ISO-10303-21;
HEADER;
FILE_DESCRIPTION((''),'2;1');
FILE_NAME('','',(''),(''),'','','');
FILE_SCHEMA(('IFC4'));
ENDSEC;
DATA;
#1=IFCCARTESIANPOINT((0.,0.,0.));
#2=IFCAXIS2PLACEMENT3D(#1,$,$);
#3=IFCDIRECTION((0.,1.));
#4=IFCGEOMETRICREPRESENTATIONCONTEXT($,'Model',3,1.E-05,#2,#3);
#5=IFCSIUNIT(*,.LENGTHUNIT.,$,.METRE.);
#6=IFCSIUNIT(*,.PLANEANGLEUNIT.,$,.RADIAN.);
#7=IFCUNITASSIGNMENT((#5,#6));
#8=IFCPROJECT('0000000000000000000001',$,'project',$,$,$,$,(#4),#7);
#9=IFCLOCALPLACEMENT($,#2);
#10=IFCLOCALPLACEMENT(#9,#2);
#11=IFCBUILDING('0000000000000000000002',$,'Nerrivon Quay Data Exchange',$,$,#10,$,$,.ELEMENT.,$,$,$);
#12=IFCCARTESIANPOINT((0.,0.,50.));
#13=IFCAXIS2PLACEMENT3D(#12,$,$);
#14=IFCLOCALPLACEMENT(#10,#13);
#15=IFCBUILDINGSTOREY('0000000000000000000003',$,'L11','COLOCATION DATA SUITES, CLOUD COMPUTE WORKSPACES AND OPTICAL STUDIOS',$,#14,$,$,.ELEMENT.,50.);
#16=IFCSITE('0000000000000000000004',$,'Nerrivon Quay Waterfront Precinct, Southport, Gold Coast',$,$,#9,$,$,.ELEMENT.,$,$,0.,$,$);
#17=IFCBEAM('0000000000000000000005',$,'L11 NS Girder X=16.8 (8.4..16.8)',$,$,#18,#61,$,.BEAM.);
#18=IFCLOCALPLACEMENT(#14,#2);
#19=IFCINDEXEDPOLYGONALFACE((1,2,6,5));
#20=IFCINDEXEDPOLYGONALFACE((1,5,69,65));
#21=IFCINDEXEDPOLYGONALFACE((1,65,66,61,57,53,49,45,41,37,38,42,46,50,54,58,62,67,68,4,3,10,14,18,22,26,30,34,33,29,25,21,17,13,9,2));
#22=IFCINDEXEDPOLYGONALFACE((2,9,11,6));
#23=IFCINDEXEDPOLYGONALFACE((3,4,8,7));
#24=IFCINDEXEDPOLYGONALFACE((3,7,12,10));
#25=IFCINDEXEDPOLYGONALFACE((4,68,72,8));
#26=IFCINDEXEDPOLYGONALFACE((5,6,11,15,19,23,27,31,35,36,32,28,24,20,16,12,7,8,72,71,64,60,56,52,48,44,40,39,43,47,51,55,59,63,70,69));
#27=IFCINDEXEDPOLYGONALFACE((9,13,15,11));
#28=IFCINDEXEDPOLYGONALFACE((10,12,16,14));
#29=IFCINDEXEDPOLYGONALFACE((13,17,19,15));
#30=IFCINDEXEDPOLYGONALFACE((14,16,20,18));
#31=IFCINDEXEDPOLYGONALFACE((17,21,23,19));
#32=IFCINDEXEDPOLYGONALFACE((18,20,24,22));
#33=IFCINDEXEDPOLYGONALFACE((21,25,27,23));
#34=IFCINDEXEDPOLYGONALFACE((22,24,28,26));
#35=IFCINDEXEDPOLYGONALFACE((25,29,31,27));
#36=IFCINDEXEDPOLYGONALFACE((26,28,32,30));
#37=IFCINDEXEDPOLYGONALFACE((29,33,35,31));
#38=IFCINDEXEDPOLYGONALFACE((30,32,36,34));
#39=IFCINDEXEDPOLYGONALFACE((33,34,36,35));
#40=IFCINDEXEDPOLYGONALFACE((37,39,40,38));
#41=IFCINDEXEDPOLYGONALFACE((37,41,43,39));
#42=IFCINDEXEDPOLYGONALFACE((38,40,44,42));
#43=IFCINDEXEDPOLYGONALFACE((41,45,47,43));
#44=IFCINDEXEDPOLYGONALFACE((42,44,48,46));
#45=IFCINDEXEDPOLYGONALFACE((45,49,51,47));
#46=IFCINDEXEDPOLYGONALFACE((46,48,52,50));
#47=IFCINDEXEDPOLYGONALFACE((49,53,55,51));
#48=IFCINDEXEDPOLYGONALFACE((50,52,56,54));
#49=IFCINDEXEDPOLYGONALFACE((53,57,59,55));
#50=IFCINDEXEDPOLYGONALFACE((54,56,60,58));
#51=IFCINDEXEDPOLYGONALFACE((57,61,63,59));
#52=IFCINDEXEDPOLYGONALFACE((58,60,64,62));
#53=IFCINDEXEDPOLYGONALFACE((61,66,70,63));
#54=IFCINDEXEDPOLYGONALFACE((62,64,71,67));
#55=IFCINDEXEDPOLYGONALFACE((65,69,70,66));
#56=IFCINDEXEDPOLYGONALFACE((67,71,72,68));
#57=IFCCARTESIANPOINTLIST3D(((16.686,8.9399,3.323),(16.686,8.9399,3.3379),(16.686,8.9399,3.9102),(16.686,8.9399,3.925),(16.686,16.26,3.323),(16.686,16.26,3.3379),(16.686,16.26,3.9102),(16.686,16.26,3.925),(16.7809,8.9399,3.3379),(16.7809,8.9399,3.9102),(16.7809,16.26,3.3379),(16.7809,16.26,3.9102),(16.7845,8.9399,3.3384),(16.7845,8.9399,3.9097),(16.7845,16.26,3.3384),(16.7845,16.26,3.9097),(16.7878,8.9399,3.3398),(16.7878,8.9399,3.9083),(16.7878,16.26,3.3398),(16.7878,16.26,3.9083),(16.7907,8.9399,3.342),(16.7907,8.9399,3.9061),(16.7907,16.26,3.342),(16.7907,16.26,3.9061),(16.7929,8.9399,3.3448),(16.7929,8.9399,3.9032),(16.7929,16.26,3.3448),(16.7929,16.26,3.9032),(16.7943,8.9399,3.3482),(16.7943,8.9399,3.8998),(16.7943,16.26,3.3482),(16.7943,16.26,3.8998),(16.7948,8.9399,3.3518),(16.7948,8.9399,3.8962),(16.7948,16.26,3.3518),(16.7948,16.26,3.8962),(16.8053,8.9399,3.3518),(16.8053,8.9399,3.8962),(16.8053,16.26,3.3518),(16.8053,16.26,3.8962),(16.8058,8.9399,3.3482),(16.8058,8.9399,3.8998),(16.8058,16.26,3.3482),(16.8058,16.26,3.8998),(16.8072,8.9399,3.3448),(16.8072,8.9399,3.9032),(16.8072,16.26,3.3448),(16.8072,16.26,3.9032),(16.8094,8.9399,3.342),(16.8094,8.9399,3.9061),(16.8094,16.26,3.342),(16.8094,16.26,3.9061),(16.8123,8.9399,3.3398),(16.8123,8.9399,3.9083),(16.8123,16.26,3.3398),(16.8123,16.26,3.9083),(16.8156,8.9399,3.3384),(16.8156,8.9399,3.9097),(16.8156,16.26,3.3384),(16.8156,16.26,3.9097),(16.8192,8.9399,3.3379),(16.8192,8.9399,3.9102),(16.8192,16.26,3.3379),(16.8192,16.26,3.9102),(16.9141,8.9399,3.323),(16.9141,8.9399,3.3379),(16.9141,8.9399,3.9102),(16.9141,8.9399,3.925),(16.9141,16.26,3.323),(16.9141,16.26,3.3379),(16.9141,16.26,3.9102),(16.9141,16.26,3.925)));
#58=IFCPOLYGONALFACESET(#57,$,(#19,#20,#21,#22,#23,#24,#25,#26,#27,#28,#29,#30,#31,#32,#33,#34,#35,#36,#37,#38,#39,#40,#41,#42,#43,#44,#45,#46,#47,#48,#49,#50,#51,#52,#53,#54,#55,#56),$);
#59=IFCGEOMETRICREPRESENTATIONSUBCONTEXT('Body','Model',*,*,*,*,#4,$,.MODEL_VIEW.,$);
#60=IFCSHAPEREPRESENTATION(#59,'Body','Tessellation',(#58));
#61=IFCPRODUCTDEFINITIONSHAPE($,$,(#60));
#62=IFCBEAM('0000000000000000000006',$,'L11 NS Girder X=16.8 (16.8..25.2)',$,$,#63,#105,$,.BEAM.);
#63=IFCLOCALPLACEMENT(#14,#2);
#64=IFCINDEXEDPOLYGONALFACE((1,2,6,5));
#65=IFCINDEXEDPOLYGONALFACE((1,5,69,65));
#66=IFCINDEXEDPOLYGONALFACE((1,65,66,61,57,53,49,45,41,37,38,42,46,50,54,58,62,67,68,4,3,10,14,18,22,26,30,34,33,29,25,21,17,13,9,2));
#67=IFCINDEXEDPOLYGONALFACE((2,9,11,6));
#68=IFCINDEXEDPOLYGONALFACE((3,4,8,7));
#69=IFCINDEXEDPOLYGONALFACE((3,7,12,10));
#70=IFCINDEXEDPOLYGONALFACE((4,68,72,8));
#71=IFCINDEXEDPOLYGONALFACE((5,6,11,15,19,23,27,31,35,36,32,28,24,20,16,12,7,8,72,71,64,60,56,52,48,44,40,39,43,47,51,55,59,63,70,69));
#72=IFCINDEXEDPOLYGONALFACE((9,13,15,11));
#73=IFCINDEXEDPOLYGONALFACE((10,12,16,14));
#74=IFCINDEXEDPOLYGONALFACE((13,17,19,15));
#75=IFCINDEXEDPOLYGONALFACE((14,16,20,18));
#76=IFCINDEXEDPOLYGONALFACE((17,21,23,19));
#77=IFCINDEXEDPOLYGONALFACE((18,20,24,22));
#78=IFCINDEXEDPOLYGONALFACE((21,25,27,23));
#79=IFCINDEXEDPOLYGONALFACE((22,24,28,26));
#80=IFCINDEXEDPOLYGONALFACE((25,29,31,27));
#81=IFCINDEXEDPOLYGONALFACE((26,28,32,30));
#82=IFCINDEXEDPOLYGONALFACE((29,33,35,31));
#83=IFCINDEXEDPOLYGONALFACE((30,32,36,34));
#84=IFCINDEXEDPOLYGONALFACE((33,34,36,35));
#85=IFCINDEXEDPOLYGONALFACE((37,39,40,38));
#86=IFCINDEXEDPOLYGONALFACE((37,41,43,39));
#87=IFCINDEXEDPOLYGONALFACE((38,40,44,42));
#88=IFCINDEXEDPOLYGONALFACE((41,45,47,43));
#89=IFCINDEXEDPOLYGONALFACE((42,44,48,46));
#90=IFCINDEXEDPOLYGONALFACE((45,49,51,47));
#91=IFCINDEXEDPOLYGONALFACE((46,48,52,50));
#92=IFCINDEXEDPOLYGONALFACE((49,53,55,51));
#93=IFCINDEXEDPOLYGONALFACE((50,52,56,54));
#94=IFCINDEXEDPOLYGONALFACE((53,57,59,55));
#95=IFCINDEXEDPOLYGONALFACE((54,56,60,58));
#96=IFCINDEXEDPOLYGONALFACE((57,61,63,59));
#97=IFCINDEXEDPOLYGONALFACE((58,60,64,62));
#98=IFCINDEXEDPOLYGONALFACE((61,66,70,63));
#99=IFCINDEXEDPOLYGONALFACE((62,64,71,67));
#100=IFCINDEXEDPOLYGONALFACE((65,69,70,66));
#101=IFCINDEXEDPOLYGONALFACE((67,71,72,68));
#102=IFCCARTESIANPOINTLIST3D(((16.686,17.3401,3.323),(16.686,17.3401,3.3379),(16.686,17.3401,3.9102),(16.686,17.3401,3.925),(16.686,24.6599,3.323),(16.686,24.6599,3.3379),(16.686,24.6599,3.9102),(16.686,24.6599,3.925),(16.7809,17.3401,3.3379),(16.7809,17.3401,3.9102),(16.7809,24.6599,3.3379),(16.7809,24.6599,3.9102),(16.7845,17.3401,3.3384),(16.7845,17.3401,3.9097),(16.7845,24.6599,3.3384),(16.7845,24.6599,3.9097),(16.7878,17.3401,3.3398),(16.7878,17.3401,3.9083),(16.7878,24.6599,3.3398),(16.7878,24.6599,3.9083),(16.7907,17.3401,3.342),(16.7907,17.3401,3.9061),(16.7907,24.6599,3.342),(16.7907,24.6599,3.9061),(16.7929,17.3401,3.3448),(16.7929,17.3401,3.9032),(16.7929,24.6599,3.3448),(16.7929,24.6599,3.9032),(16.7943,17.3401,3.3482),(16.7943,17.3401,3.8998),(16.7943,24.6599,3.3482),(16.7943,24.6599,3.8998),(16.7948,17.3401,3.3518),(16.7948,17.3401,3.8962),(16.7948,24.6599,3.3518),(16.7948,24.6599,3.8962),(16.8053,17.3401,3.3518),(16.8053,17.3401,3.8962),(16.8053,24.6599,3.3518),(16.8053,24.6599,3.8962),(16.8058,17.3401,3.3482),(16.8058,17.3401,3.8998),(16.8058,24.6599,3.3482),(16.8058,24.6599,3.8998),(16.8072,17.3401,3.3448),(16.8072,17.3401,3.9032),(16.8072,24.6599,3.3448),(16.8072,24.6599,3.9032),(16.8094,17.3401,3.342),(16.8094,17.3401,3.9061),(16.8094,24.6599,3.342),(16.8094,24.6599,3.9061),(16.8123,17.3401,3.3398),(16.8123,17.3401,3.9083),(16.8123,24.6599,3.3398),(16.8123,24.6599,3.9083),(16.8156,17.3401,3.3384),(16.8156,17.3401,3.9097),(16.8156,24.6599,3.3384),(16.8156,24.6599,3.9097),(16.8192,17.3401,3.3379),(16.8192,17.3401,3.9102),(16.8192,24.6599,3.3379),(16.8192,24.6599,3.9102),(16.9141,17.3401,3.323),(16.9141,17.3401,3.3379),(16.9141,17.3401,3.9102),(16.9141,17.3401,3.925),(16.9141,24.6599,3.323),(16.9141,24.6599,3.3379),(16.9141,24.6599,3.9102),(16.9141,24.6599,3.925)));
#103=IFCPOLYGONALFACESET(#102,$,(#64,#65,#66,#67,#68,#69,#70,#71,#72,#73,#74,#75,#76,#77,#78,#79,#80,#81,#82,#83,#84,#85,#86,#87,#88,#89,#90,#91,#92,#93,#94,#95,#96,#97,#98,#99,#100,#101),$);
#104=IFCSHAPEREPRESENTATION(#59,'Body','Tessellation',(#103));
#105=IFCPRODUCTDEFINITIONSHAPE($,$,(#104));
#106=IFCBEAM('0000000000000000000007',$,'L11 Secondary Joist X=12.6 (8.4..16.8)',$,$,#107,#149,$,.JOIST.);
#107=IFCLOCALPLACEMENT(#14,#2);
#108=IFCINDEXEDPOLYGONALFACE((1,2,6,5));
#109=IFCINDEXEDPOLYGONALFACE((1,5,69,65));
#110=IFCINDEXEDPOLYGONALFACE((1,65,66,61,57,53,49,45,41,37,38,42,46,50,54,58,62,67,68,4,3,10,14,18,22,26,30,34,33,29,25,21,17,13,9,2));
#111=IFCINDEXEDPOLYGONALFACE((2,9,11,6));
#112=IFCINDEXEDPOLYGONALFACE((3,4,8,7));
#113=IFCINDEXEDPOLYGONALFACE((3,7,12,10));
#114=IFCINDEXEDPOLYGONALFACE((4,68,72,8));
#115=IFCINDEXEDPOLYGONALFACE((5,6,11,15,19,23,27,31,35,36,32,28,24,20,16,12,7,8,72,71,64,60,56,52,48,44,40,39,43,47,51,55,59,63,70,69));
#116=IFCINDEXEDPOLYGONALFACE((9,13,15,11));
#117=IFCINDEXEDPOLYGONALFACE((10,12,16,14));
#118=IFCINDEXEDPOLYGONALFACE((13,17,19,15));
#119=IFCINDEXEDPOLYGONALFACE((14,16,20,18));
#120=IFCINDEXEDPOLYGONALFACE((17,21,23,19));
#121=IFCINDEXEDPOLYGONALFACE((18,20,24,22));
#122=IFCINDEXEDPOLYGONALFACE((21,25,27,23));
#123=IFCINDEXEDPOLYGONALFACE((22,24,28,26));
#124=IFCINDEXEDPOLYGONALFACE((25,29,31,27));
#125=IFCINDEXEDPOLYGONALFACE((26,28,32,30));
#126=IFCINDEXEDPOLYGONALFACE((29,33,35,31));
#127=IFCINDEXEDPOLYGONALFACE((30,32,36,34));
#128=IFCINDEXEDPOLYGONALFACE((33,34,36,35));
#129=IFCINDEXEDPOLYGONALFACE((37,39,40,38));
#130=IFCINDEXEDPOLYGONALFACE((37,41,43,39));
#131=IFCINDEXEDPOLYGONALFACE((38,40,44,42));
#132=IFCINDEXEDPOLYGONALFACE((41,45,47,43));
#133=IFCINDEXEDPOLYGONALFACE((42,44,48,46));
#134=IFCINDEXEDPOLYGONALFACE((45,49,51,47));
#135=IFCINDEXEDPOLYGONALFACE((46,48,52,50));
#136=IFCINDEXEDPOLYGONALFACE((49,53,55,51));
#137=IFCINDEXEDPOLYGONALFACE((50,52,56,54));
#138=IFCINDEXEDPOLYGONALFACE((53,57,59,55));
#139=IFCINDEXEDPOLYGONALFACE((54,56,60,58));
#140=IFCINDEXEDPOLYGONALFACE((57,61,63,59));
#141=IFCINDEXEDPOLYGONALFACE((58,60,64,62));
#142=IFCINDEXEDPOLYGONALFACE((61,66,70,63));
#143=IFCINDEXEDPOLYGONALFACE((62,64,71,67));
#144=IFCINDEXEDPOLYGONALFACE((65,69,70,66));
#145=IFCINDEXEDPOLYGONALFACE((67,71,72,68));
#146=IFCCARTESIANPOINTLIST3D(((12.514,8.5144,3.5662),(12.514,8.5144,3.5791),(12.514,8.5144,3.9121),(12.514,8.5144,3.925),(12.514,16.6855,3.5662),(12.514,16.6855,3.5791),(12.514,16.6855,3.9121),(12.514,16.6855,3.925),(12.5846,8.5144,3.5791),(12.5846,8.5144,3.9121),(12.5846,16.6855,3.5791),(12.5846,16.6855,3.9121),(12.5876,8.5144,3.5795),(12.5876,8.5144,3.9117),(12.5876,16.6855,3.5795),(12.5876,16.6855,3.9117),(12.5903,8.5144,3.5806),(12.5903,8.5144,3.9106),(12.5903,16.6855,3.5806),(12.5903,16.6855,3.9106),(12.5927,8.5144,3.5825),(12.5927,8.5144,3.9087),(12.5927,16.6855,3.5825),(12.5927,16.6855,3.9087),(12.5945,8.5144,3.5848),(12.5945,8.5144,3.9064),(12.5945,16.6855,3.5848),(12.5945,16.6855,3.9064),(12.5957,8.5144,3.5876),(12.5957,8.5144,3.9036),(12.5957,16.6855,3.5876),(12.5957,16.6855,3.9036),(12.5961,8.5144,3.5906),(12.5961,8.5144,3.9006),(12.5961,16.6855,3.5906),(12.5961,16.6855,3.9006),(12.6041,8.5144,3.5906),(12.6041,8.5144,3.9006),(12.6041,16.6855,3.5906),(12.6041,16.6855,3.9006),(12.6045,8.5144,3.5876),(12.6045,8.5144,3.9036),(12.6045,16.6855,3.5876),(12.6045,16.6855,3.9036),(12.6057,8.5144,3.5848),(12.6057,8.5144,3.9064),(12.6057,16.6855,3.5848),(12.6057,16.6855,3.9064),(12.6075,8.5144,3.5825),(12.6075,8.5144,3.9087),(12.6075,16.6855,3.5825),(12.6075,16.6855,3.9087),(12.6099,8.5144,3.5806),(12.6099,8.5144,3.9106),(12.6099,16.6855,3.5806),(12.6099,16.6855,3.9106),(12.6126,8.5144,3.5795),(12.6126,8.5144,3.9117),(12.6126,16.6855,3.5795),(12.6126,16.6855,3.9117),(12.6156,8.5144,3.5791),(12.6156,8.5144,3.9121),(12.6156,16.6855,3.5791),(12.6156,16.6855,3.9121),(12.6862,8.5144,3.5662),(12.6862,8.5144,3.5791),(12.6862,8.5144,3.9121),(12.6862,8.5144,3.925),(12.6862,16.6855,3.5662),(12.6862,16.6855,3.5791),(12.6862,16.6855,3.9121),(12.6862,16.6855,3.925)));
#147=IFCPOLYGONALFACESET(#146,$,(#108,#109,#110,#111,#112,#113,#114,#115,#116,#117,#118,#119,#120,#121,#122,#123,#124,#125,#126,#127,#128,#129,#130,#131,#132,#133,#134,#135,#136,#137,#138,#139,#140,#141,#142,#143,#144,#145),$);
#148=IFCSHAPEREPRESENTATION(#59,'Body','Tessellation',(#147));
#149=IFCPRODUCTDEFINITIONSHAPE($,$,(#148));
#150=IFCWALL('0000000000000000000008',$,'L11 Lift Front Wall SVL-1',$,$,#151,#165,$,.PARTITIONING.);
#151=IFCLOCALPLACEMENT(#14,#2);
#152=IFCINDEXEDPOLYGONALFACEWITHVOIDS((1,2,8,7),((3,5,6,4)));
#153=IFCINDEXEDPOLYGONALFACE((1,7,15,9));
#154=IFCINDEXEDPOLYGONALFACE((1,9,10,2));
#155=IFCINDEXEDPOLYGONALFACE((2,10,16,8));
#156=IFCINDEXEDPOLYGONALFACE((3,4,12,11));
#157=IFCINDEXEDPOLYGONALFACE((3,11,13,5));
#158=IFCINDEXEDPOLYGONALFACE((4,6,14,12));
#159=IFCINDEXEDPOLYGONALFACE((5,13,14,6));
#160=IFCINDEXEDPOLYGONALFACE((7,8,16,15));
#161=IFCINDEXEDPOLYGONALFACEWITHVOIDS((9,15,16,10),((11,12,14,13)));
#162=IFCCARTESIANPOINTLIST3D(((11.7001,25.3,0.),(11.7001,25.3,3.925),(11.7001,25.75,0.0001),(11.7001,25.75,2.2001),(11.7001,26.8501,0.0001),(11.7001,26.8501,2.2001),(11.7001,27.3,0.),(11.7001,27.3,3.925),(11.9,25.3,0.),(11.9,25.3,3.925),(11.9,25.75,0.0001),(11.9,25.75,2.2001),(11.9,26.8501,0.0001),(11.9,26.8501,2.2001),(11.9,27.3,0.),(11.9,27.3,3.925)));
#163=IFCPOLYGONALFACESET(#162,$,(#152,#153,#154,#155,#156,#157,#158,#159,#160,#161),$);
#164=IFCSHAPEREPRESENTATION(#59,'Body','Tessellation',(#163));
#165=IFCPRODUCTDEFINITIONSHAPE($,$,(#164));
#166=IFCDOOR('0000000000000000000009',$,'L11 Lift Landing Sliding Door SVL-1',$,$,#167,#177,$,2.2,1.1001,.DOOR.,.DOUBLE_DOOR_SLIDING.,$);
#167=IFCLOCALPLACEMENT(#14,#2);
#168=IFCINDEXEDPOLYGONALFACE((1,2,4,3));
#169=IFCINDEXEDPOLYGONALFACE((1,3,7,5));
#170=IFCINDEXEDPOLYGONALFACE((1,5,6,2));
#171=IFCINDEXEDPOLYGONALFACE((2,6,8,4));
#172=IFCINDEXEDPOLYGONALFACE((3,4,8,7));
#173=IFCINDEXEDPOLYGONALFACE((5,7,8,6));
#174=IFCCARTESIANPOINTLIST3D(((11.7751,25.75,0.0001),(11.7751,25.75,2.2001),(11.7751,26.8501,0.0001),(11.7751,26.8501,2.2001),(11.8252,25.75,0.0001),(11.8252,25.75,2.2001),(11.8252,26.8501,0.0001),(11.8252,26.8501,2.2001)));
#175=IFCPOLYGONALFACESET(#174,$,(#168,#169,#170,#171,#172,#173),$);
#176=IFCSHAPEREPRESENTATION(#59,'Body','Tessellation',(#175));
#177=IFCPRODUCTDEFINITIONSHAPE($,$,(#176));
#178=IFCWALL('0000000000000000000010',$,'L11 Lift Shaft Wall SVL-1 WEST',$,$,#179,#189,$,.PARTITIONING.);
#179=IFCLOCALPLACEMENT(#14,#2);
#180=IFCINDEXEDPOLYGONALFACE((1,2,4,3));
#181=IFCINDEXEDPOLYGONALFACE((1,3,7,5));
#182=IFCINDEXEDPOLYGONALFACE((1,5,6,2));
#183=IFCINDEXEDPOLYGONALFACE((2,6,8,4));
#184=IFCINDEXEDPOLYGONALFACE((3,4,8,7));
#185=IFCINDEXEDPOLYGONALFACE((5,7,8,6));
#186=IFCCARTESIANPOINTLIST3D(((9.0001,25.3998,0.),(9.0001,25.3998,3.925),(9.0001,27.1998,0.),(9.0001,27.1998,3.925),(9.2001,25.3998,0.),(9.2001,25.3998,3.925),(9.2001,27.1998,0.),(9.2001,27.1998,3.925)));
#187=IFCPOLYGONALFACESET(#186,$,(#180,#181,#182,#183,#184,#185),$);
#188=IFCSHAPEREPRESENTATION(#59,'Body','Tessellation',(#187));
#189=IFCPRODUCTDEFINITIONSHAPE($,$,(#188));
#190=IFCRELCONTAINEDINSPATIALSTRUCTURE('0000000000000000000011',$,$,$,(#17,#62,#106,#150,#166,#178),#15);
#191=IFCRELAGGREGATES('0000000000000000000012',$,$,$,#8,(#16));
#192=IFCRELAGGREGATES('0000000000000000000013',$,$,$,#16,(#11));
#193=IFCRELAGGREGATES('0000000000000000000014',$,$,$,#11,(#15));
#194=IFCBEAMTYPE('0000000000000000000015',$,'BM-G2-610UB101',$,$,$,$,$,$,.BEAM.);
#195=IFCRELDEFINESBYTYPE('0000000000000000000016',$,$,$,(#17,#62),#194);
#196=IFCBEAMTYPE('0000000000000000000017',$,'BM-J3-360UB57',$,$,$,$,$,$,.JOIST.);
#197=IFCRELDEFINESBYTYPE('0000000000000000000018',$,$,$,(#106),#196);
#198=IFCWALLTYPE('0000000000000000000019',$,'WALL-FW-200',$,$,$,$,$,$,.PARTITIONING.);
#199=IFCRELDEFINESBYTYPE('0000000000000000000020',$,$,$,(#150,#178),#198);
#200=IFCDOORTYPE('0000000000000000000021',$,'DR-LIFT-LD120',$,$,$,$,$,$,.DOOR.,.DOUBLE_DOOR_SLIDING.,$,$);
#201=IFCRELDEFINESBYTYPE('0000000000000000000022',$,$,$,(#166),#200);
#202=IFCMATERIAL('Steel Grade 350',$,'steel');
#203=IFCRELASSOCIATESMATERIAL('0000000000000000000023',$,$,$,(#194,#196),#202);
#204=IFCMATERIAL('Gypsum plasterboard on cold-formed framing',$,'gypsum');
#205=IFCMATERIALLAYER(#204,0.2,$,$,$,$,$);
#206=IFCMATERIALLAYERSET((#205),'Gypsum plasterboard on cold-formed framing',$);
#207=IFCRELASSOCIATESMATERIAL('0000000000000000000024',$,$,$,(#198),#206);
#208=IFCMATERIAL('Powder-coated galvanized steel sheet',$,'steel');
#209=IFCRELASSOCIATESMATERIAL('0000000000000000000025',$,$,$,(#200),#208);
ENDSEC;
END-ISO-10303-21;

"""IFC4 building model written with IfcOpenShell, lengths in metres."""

from ifc_helpers import new_model, si_unit, direction, frame, frame_2d, origin, origin_2d, place, context, subcontext, project, spatial, rectangle, i_section, extrude, material, layer, layer_set, material_profile, profile_set, type_object, element, fill, save


model = new_model("IFC4")

# Units and contexts
model_context = context("Model", 3, precision=1e-05, world=origin(), true_north=direction((0.0, 1.0)))
body_context = subcontext(model_context, "Body", "Model", "MODEL_VIEW")
ifc_project = project(units=[si_unit("LENGTHUNIT", "METRE"), si_unit("PLANEANGLEUNIT", "RADIAN")], contexts=[model_context])

# Site, building, storey
site_placement = place(None, origin())
site = spatial("IfcSite", under=ifc_project, at=site_placement, Name="Nerrivon Quay Waterfront Precinct, Southport, Gold Coast", CompositionType="ELEMENT", RefElevation=0.0)
building_placement = place(site_placement, origin())
building = spatial("IfcBuilding", under=site, at=building_placement, Name="Nerrivon Quay Data Exchange", CompositionType="ELEMENT")
storey_placement = place(building_placement, frame((0.0, 0.0, 50.0)))
storey = spatial("IfcBuildingStorey", under=building, at=storey_placement, Name="L11", Description="COLOCATION DATA SUITES, CLOUD COMPUTE WORKSPACES AND OPTICAL STUDIOS", CompositionType="ELEMENT", Elevation=50.0)

# Shared definitions
ifc_material_1 = material(Name="Steel Grade 350", Category="steel")

# Beams
ifc_material_profile_1 = material_profile(ifc_material_1, i_section(OverallWidth=0.228, OverallDepth=0.6021, WebThickness=0.0105, FlangeThickness=0.0149, FilletRadius=0.0139, at=origin_2d()), Name="610UB101")
ifc_profile_set_1 = profile_set([ifc_material_profile_1], Name="Steel Grade 350")
beam_type_1 = type_object("IfcBeamType", Name="BM-G2-610UB101", PredefinedType="BEAM", material=ifc_profile_set_1)
beam_1_placement = place(storey_placement, frame((16.8, 8.9399, 3.624), z_axis=(0.0, 1.0, 0.0), x_axis=(-1.0, 0.0, 0.0)))
element("IfcBeam", 1, at=beam_1_placement, inside=storey, type_object=beam_type_1, Name="L11 NS Girder X=16.8 (8.4..16.8)", PredefinedType="BEAM", context=body_context, shape_type="SweptSolid", body=[
    extrude(i_section(OverallWidth=0.228, OverallDepth=0.6021, WebThickness=0.0105, FlangeThickness=0.0149, FilletRadius=0.0139, at=origin_2d()), origin(), (0.0, 0.0, 1.0), 7.3201),
])
beam_2_placement = place(storey_placement, frame((16.8, 17.3401, 3.624), z_axis=(0.0, 1.0, 0.0), x_axis=(-1.0, 0.0, 0.0)))
element("IfcBeam", 2, at=beam_2_placement, inside=storey, type_object=beam_type_1, Name="L11 NS Girder X=16.8 (16.8..25.2)", PredefinedType="BEAM", context=body_context, shape_type="SweptSolid", body=[
    extrude(i_section(OverallWidth=0.228, OverallDepth=0.6021, WebThickness=0.0105, FlangeThickness=0.0149, FilletRadius=0.0139, at=origin_2d()), origin(), (0.0, 0.0, 1.0), 7.3198),
])
ifc_material_profile_2 = material_profile(ifc_material_1, i_section(OverallWidth=0.1721, OverallDepth=0.3589, WebThickness=0.0081, FlangeThickness=0.0129, FilletRadius=0.0115, at=origin_2d()), Name="360UB56.7")
ifc_profile_set_2 = profile_set([ifc_material_profile_2], Name="Steel Grade 350")
beam_type_2 = type_object("IfcBeamType", Name="BM-J3-360UB57", PredefinedType="JOIST", material=ifc_profile_set_2)
beam_3_placement = place(storey_placement, frame((12.6001, 8.5144, 3.7456), z_axis=(0.0, 1.0, 0.0), x_axis=(-1.0, 0.0, 0.0)))
element("IfcBeam", 3, at=beam_3_placement, inside=storey, type_object=beam_type_2, Name="L11 Secondary Joist X=12.6 (8.4..16.8)", PredefinedType="JOIST", context=body_context, shape_type="SweptSolid", body=[
    extrude(i_section(OverallWidth=0.1721, OverallDepth=0.3589, WebThickness=0.0081, FlangeThickness=0.0129, FilletRadius=0.0115, at=origin_2d()), origin(), (0.0, 0.0, 1.0), 8.1711),
])

# Wall, opening, door
ifc_material_2 = material(Name="Powder-coated galvanized steel sheet", Category="steel")
ifc_material_3 = material(Name="Gypsum plasterboard on cold-formed framing", Category="gypsum")
ifc_layer_1 = layer(ifc_material_3, 0.2)
ifc_layer_set_1 = layer_set([ifc_layer_1], Name="Gypsum plasterboard on cold-formed framing")
wall_type_1 = type_object("IfcWallType", Name="WALL-FW-200", PredefinedType="PARTITIONING", material=ifc_layer_set_1)
wall_1_placement = place(storey_placement, frame((11.8, 25.3, 0.0), z_axis=(0.0, 0.0, 1.0), x_axis=(0.0, 1.0, 0.0)))
wall_1 = element("IfcWall", 4, at=wall_1_placement, inside=storey, type_object=wall_type_1, Name="L11 Lift Front Wall SVL-1", PredefinedType="PARTITIONING", context=body_context, shape_type="SweptSolid", body=[
    extrude(rectangle(XDim=2.0, YDim=0.2, at=frame_2d((1.0, 0.0))), origin(), (0.0, 0.0, 1.0), 3.925),
])
opening_1_placement = place(wall_1_placement, frame((0.45, 0.0, 0.0)))
opening_1 = element("IfcOpeningElement", 5, at=opening_1_placement, cuts=wall_1, PredefinedType="OPENING", context=body_context, shape_type="SweptSolid", body=[
    extrude(rectangle(XDim=1.1001, YDim=2.2, at=frame_2d((0.55, 1.1001))), frame((0.0, 0.1099, 0.0), z_axis=(0.0, -1.0, 0.0), x_axis=(1.0, 0.0, 0.0)), (0.0, 0.0, 1.0), 0.22),
])
door_type_1 = type_object("IfcDoorType", Name="DR-LIFT-LD120", OperationType="DOUBLE_DOOR_SLIDING", PredefinedType="DOOR", material=ifc_material_2)
door_1_placement = place(opening_1_placement, origin())
door_1 = element("IfcDoor", 6, at=door_1_placement, inside=storey, type_object=door_type_1, Name="L11 Lift Landing Sliding Door SVL-1", OperationType="DOUBLE_DOOR_SLIDING", OverallHeight=2.2, OverallWidth=1.1001, PredefinedType="DOOR", context=body_context, shape_type="SweptSolid", body=[
    extrude(rectangle(XDim=1.1001, YDim=2.2, at=frame_2d((0.55, 1.1001))), frame((0.0, 0.0249, 0.0), z_axis=(0.0, -1.0, 0.0), x_axis=(1.0, 0.0, 0.0)), (0.0, 0.0, 1.0), 0.05),
])
fill(opening_1, door_1)

# Wall
wall_2_placement = place(storey_placement, frame((9.1001, 25.3999, 0.0), z_axis=(0.0, 0.0, 1.0), x_axis=(0.0, 1.0, 0.0)))
element("IfcWall", 7, at=wall_2_placement, inside=storey, type_object=wall_type_1, Name="L11 Lift Shaft Wall SVL-1 WEST", PredefinedType="PARTITIONING", context=body_context, shape_type="SweptSolid", body=[
    extrude(rectangle(XDim=1.8, YDim=0.2, at=frame_2d((0.8999, 0.0))), origin(), (0.0, 0.0, 1.0), 3.925),
])

save(model, "model.ifc")
